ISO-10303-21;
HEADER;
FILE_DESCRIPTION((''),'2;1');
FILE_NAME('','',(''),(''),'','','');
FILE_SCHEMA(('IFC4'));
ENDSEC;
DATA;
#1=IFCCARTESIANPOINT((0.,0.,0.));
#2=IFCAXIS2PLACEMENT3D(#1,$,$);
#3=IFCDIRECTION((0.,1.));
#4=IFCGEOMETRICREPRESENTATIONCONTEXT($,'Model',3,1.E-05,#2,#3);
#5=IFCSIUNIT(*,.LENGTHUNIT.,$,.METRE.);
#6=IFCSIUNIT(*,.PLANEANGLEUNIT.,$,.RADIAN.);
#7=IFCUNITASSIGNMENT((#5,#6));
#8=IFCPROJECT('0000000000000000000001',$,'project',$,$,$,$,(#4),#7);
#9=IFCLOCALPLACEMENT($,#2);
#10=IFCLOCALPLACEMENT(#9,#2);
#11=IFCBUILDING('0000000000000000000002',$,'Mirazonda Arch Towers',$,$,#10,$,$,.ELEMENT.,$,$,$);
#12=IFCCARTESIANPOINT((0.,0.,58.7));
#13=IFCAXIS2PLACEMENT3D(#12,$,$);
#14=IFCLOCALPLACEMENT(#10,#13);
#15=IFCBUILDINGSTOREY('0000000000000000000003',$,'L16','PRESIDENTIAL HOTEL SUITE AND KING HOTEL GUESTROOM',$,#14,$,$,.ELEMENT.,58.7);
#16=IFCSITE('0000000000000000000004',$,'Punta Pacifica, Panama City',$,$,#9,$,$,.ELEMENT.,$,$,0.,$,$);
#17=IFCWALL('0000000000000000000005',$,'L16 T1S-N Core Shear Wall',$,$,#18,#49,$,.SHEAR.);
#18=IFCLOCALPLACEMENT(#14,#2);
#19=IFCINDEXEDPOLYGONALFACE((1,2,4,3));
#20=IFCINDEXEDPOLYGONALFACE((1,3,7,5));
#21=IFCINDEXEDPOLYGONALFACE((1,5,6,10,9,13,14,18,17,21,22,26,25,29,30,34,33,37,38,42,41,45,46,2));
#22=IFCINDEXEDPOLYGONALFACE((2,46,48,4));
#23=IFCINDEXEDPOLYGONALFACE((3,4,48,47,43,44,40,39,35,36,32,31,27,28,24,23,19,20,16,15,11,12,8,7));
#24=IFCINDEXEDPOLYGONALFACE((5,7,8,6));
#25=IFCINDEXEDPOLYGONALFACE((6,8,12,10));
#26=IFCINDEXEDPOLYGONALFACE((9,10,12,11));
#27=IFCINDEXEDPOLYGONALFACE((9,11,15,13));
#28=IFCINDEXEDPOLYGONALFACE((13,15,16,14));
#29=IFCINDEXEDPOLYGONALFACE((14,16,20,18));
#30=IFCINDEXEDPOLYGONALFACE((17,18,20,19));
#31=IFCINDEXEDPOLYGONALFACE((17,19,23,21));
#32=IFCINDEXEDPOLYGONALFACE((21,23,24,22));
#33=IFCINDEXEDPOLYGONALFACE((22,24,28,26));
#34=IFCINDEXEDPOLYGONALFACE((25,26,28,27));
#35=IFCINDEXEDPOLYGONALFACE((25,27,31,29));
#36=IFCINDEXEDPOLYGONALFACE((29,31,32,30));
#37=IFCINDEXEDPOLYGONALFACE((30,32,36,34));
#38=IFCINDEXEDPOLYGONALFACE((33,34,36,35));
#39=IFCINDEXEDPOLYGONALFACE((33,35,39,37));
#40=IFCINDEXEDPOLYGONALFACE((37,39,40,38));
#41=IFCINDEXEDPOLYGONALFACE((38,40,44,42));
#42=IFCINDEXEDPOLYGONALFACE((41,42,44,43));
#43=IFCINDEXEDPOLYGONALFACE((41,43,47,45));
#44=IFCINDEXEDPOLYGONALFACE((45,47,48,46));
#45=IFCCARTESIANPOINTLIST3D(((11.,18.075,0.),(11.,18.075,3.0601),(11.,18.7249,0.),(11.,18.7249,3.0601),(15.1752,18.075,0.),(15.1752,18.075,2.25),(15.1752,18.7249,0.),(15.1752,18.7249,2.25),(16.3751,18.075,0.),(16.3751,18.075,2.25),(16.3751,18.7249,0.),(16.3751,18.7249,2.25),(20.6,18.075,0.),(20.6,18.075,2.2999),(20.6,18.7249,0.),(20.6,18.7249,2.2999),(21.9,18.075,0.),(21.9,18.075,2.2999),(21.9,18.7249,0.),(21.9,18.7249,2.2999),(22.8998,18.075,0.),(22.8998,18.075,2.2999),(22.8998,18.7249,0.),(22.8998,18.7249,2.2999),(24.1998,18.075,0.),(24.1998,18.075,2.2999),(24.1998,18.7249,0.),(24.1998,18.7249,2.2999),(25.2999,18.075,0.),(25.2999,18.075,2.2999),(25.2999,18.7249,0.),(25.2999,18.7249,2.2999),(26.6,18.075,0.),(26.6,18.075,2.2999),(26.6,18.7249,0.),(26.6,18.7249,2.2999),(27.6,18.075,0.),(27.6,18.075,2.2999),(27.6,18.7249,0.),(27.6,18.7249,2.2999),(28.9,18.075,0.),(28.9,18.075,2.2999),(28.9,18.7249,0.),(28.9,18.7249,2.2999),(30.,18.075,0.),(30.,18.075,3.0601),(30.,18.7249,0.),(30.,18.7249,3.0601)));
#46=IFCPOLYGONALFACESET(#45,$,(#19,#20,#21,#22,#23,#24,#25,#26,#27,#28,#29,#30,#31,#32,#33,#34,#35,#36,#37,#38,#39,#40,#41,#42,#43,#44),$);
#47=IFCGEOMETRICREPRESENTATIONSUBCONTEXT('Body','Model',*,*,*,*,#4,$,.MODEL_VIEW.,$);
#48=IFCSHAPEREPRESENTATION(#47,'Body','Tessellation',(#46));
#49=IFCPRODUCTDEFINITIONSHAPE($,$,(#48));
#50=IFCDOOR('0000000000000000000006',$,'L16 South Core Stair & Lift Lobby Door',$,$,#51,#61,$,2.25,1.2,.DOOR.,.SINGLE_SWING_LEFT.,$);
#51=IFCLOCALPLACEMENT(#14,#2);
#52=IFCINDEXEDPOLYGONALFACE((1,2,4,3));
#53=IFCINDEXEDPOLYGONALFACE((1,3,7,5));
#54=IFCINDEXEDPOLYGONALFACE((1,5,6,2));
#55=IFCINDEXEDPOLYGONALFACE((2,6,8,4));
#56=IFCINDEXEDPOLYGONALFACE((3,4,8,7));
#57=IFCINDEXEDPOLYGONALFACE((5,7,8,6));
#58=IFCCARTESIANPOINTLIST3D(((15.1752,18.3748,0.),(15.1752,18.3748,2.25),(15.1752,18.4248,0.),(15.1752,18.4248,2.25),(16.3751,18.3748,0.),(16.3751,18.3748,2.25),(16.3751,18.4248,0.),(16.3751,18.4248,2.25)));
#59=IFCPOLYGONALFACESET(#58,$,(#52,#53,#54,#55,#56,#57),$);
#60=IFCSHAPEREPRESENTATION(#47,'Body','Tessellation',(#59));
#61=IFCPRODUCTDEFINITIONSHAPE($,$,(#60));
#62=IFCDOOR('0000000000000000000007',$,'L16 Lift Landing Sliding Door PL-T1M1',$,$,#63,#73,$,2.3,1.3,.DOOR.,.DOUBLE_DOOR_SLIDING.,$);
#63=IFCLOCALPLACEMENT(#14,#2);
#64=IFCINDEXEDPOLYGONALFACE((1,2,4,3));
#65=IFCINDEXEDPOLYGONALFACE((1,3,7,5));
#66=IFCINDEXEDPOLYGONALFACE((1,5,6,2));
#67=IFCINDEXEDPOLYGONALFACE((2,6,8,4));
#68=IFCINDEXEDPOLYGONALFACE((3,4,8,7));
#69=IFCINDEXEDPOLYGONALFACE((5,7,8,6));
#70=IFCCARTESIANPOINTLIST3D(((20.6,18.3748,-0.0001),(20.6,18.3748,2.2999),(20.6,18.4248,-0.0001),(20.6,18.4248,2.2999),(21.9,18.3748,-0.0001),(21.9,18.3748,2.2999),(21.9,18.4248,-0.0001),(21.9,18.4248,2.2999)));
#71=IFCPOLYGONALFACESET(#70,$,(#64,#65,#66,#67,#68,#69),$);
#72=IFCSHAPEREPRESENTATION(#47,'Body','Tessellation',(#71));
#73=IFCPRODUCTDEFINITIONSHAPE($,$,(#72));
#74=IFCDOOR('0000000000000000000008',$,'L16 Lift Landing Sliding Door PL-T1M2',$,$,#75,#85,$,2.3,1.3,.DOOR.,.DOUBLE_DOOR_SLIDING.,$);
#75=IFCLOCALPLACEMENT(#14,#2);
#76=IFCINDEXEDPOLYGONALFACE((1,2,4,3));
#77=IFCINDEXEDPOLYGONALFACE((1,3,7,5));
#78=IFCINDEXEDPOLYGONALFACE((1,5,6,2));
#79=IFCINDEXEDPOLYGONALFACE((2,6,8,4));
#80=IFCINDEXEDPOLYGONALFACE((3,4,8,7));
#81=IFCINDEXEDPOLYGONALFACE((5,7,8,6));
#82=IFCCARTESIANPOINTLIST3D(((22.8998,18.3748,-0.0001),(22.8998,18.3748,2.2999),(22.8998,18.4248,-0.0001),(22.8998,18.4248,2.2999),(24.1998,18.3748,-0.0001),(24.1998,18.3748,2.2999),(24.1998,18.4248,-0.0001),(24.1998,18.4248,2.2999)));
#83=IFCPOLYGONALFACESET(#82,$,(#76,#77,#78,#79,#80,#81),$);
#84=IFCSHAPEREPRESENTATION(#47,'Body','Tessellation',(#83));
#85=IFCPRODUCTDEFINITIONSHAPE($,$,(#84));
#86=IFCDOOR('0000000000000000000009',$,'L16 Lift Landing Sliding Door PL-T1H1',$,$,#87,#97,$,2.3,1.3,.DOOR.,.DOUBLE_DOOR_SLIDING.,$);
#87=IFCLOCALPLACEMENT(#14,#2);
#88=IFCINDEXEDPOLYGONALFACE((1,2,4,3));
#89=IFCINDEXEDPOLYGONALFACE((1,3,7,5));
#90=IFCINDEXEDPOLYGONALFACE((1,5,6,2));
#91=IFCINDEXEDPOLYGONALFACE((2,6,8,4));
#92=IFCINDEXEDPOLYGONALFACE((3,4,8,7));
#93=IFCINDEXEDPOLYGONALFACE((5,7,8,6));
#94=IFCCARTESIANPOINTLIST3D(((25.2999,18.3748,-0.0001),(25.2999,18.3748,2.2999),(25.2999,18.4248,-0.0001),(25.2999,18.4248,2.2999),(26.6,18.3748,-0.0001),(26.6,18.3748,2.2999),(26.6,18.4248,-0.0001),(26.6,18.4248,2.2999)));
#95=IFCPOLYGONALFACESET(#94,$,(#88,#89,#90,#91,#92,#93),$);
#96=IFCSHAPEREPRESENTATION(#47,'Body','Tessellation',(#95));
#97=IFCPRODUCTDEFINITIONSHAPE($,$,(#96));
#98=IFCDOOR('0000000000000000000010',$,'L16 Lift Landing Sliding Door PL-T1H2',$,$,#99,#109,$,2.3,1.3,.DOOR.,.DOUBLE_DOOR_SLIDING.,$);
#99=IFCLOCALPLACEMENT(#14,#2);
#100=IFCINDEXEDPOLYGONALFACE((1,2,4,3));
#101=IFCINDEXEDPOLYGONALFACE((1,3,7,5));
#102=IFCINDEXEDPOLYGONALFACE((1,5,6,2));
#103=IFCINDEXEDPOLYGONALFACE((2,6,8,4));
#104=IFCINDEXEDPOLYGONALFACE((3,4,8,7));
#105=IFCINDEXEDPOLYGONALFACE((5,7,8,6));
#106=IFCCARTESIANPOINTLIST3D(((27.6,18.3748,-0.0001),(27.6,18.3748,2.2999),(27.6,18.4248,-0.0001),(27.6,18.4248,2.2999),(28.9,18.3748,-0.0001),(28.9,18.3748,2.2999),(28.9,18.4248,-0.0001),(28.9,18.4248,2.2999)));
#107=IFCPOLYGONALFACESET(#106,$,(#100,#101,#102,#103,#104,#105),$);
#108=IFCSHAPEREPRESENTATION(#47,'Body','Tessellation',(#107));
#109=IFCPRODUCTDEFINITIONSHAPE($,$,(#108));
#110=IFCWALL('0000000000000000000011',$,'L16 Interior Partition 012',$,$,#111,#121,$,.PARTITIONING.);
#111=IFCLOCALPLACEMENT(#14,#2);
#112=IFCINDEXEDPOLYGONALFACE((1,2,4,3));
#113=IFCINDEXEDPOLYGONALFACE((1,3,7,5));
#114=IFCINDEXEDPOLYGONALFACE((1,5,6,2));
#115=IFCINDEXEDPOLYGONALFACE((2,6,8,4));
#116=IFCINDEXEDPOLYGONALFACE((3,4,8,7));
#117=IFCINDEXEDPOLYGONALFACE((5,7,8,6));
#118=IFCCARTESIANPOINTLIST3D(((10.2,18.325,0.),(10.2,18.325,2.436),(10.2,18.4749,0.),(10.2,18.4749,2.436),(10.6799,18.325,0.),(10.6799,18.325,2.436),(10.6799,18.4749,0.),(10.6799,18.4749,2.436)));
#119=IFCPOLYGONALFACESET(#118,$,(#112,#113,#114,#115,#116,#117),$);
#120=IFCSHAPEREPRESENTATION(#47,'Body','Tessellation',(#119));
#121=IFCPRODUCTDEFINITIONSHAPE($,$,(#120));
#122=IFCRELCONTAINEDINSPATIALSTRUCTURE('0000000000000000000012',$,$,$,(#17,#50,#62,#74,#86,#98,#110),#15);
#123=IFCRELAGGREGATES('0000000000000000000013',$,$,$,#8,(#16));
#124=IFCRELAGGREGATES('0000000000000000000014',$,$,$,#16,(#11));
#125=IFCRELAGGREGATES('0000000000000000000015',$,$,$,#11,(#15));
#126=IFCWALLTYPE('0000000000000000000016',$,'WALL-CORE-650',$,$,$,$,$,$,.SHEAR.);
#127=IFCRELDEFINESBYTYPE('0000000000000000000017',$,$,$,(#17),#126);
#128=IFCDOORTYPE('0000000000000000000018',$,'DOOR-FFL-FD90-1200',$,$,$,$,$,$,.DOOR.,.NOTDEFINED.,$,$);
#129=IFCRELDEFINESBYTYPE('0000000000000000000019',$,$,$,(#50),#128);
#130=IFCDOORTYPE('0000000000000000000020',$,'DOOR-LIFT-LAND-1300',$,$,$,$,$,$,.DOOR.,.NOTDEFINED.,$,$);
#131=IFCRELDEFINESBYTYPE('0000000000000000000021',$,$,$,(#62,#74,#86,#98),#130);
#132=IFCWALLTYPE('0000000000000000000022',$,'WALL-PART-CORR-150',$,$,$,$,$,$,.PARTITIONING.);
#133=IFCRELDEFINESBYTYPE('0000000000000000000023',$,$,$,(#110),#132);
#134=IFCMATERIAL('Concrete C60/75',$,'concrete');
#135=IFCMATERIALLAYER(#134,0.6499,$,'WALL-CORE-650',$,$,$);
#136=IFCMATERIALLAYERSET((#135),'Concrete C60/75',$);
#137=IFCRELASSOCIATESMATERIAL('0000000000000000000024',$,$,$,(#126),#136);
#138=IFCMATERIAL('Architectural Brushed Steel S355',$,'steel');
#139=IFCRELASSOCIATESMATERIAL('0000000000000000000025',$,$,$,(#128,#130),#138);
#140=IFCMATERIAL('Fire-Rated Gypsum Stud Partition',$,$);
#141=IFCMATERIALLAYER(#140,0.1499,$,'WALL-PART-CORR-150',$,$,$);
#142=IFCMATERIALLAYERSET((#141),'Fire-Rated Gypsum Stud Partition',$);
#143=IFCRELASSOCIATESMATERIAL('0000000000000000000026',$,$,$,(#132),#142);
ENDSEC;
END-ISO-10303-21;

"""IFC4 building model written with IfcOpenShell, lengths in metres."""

from ifc_helpers import new_model, si_unit, direction, frame, frame_2d, origin, place, context, subcontext, project, spatial, rectangle, extrude, material, layer, layer_set, type_object, element, fill, save


model = new_model("IFC4")

# Units and contexts
model_context = context("Model", 3, precision=1e-05, world=origin(), true_north=direction((0.0, 1.0)))
body_context = subcontext(model_context, "Body", "Model", "MODEL_VIEW")
ifc_project = project(units=[si_unit("LENGTHUNIT", "METRE"), si_unit("PLANEANGLEUNIT", "RADIAN")], contexts=[model_context])

# Site, building, storey
site_placement = place(None, origin())
site = spatial("IfcSite", under=ifc_project, at=site_placement, Name="Punta Pacifica, Panama City", CompositionType="ELEMENT", RefElevation=0.0)
building_placement = place(site_placement, origin())
building = spatial("IfcBuilding", under=site, at=building_placement, Name="Mirazonda Arch Towers", CompositionType="ELEMENT")
storey_placement = place(building_placement, frame((0.0, 0.0, 58.7)))
storey = spatial("IfcBuildingStorey", under=building, at=storey_placement, Name="L16", Description="PRESIDENTIAL HOTEL SUITE AND KING HOTEL GUESTROOM", CompositionType="ELEMENT", Elevation=58.7)

# Shared definitions
ifc_material_1 = material(Name="Concrete C60/75", Category="concrete")

# Shared definitions
ifc_material_2 = material(Name="Architectural Brushed Steel S355", Category="steel")

# Wall, openings, doors
ifc_layer_1 = layer(ifc_material_1, 0.6499, Name="WALL-CORE-650")
ifc_layer_set_1 = layer_set([ifc_layer_1], Name="Concrete C60/75")
wall_type_1 = type_object("IfcWallType", Name="WALL-CORE-650", PredefinedType="SHEAR", material=ifc_layer_set_1)
wall_1_placement = place(storey_placement, frame((11.0, 18.3999, 0.0), z_axis=(0.0, 0.0, 1.0), x_axis=(1.0, 0.0, 0.0)))
wall_1 = element("IfcWall", 1, at=wall_1_placement, inside=storey, type_object=wall_type_1, Name="L16 T1S-N Core Shear Wall", PredefinedType="SHEAR", context=body_context, shape_type="SweptSolid", body=[
    extrude(rectangle(XDim=19.0, YDim=0.6499, at=frame_2d((9.5, 0.0))), origin(), (0.0, 0.0, 1.0), 3.0601),
])
opening_1_placement = place(wall_1_placement, frame((4.175, 0.0, 0.0)))
opening_1 = element("IfcOpeningElement", 2, at=opening_1_placement, cuts=wall_1, PredefinedType="OPENING", context=body_context, shape_type="SweptSolid", body=[
    extrude(rectangle(XDim=1.2, YDim=2.25, at=frame_2d((0.6001, 1.125))), frame((0.0, 0.335, 0.0), z_axis=(0.0, -1.0, 0.0), x_axis=(1.0, 0.0, 0.0)), (0.0, 0.0, 1.0), 0.6699),
])
opening_2_placement = place(wall_1_placement, frame((9.6001, 0.0, 0.0)))
opening_2 = element("IfcOpeningElement", 3, at=opening_2_placement, cuts=wall_1, PredefinedType="OPENING", context=body_context, shape_type="SweptSolid", body=[
    extrude(rectangle(XDim=1.3, YDim=2.3, at=frame_2d((0.6499, 1.1499))), frame((0.0, 0.335, 0.0), z_axis=(0.0, -1.0, 0.0), x_axis=(1.0, 0.0, 0.0)), (0.0, 0.0, 1.0), 0.6699),
])
opening_3_placement = place(wall_1_placement, frame((11.8999, 0.0, 0.0)))
opening_3 = element("IfcOpeningElement", 4, at=opening_3_placement, cuts=wall_1, PredefinedType="OPENING", context=body_context, shape_type="SweptSolid", body=[
    extrude(rectangle(XDim=1.3, YDim=2.3, at=frame_2d((0.6499, 1.1499))), frame((0.0, 0.335, 0.0), z_axis=(0.0, -1.0, 0.0), x_axis=(1.0, 0.0, 0.0)), (0.0, 0.0, 1.0), 0.6699),
])
opening_4_placement = place(wall_1_placement, frame((14.3, 0.0, 0.0)))
opening_4 = element("IfcOpeningElement", 5, at=opening_4_placement, cuts=wall_1, PredefinedType="OPENING", context=body_context, shape_type="SweptSolid", body=[
    extrude(rectangle(XDim=1.3, YDim=2.3, at=frame_2d((0.6499, 1.1499))), frame((0.0, 0.335, 0.0), z_axis=(0.0, -1.0, 0.0), x_axis=(1.0, 0.0, 0.0)), (0.0, 0.0, 1.0), 0.6699),
])
opening_5_placement = place(wall_1_placement, frame((16.6001, 0.0, 0.0)))
opening_5 = element("IfcOpeningElement", 6, at=opening_5_placement, cuts=wall_1, PredefinedType="OPENING", context=body_context, shape_type="SweptSolid", body=[
    extrude(rectangle(XDim=1.3, YDim=2.3, at=frame_2d((0.6499, 1.1499))), frame((0.0, 0.335, 0.0), z_axis=(0.0, -1.0, 0.0), x_axis=(1.0, 0.0, 0.0)), (0.0, 0.0, 1.0), 0.6699),
])
door_type_1 = type_object("IfcDoorType", Name="DOOR-FFL-FD90-1200", OperationType="NOTDEFINED", PredefinedType="DOOR", material=ifc_material_2)
door_1_placement = place(opening_1_placement, origin())
door_1 = element("IfcDoor", 7, at=door_1_placement, inside=storey, type_object=door_type_1, Name="L16 South Core Stair & Lift Lobby Door", OperationType="SINGLE_SWING_LEFT", OverallHeight=2.25, OverallWidth=1.2, PredefinedType="DOOR", context=body_context, shape_type="SweptSolid", body=[
    extrude(rectangle(XDim=1.2, YDim=2.25, at=frame_2d((0.6001, 1.125))), frame((0.0, 0.0249, 0.0), z_axis=(0.0, -1.0, 0.0), x_axis=(1.0, 0.0, 0.0)), (0.0, 0.0, 1.0), 0.05),
])
fill(opening_1, door_1)
door_type_2 = type_object("IfcDoorType", Name="DOOR-LIFT-LAND-1300", OperationType="NOTDEFINED", PredefinedType="DOOR", material=ifc_material_2)
door_2_placement = place(opening_2_placement, origin())
door_2 = element("IfcDoor", 8, at=door_2_placement, inside=storey, type_object=door_type_2, Name="L16 Lift Landing Sliding Door PL-T1M1", OperationType="DOUBLE_DOOR_SLIDING", OverallHeight=2.3, OverallWidth=1.3, PredefinedType="DOOR", context=body_context, shape_type="SweptSolid", body=[
    extrude(rectangle(XDim=1.3, YDim=2.3, at=frame_2d((0.6499, 1.1499))), frame((0.0, 0.0249, 0.0), z_axis=(0.0, -1.0, 0.0), x_axis=(1.0, 0.0, 0.0)), (0.0, 0.0, 1.0), 0.05),
])
fill(opening_2, door_2)
door_3_placement = place(opening_3_placement, origin())
door_3 = element("IfcDoor", 9, at=door_3_placement, inside=storey, type_object=door_type_2, Name="L16 Lift Landing Sliding Door PL-T1M2", OperationType="DOUBLE_DOOR_SLIDING", OverallHeight=2.3, OverallWidth=1.3, PredefinedType="DOOR", context=body_context, shape_type="SweptSolid", body=[
    extrude(rectangle(XDim=1.3, YDim=2.3, at=frame_2d((0.6499, 1.1499))), frame((0.0, 0.0249, 0.0), z_axis=(0.0, -1.0, 0.0), x_axis=(1.0, 0.0, 0.0)), (0.0, 0.0, 1.0), 0.05),
])
fill(opening_3, door_3)
door_4_placement = place(opening_4_placement, origin())
door_4 = element("IfcDoor", 10, at=door_4_placement, inside=storey, type_object=door_type_2, Name="L16 Lift Landing Sliding Door PL-T1H1", OperationType="DOUBLE_DOOR_SLIDING", OverallHeight=2.3, OverallWidth=1.3, PredefinedType="DOOR", context=body_context, shape_type="SweptSolid", body=[
    extrude(rectangle(XDim=1.3, YDim=2.3, at=frame_2d((0.6499, 1.1499))), frame((0.0, 0.0249, 0.0), z_axis=(0.0, -1.0, 0.0), x_axis=(1.0, 0.0, 0.0)), (0.0, 0.0, 1.0), 0.05),
])
fill(opening_4, door_4)
door_5_placement = place(opening_5_placement, origin())
door_5 = element("IfcDoor", 11, at=door_5_placement, inside=storey, type_object=door_type_2, Name="L16 Lift Landing Sliding Door PL-T1H2", OperationType="DOUBLE_DOOR_SLIDING", OverallHeight=2.3, OverallWidth=1.3, PredefinedType="DOOR", context=body_context, shape_type="SweptSolid", body=[
    extrude(rectangle(XDim=1.3, YDim=2.3, at=frame_2d((0.6499, 1.1499))), frame((0.0, 0.0249, 0.0), z_axis=(0.0, -1.0, 0.0), x_axis=(1.0, 0.0, 0.0)), (0.0, 0.0, 1.0), 0.05),
])
fill(opening_5, door_5)

# Wall
ifc_material_3 = material(Name="Fire-Rated Gypsum Stud Partition")
ifc_layer_2 = layer(ifc_material_3, 0.1499, Name="WALL-PART-CORR-150")
ifc_layer_set_2 = layer_set([ifc_layer_2], Name="Fire-Rated Gypsum Stud Partition")
wall_type_2 = type_object("IfcWallType", Name="WALL-PART-CORR-150", PredefinedType="PARTITIONING", material=ifc_layer_set_2)
wall_2_placement = place(storey_placement, frame((10.2, 18.3999, 0.0), z_axis=(0.0, 0.0, 1.0), x_axis=(1.0, 0.0, 0.0)))
element("IfcWall", 12, at=wall_2_placement, inside=storey, type_object=wall_type_2, Name="L16 Interior Partition 012", PredefinedType="PARTITIONING", context=body_context, shape_type="SweptSolid", body=[
    extrude(rectangle(XDim=0.48, YDim=0.1499, at=frame_2d((0.24, 0.0))), origin(), (0.0, 0.0, 1.0), 2.436),
])

save(model, "model.ifc")
